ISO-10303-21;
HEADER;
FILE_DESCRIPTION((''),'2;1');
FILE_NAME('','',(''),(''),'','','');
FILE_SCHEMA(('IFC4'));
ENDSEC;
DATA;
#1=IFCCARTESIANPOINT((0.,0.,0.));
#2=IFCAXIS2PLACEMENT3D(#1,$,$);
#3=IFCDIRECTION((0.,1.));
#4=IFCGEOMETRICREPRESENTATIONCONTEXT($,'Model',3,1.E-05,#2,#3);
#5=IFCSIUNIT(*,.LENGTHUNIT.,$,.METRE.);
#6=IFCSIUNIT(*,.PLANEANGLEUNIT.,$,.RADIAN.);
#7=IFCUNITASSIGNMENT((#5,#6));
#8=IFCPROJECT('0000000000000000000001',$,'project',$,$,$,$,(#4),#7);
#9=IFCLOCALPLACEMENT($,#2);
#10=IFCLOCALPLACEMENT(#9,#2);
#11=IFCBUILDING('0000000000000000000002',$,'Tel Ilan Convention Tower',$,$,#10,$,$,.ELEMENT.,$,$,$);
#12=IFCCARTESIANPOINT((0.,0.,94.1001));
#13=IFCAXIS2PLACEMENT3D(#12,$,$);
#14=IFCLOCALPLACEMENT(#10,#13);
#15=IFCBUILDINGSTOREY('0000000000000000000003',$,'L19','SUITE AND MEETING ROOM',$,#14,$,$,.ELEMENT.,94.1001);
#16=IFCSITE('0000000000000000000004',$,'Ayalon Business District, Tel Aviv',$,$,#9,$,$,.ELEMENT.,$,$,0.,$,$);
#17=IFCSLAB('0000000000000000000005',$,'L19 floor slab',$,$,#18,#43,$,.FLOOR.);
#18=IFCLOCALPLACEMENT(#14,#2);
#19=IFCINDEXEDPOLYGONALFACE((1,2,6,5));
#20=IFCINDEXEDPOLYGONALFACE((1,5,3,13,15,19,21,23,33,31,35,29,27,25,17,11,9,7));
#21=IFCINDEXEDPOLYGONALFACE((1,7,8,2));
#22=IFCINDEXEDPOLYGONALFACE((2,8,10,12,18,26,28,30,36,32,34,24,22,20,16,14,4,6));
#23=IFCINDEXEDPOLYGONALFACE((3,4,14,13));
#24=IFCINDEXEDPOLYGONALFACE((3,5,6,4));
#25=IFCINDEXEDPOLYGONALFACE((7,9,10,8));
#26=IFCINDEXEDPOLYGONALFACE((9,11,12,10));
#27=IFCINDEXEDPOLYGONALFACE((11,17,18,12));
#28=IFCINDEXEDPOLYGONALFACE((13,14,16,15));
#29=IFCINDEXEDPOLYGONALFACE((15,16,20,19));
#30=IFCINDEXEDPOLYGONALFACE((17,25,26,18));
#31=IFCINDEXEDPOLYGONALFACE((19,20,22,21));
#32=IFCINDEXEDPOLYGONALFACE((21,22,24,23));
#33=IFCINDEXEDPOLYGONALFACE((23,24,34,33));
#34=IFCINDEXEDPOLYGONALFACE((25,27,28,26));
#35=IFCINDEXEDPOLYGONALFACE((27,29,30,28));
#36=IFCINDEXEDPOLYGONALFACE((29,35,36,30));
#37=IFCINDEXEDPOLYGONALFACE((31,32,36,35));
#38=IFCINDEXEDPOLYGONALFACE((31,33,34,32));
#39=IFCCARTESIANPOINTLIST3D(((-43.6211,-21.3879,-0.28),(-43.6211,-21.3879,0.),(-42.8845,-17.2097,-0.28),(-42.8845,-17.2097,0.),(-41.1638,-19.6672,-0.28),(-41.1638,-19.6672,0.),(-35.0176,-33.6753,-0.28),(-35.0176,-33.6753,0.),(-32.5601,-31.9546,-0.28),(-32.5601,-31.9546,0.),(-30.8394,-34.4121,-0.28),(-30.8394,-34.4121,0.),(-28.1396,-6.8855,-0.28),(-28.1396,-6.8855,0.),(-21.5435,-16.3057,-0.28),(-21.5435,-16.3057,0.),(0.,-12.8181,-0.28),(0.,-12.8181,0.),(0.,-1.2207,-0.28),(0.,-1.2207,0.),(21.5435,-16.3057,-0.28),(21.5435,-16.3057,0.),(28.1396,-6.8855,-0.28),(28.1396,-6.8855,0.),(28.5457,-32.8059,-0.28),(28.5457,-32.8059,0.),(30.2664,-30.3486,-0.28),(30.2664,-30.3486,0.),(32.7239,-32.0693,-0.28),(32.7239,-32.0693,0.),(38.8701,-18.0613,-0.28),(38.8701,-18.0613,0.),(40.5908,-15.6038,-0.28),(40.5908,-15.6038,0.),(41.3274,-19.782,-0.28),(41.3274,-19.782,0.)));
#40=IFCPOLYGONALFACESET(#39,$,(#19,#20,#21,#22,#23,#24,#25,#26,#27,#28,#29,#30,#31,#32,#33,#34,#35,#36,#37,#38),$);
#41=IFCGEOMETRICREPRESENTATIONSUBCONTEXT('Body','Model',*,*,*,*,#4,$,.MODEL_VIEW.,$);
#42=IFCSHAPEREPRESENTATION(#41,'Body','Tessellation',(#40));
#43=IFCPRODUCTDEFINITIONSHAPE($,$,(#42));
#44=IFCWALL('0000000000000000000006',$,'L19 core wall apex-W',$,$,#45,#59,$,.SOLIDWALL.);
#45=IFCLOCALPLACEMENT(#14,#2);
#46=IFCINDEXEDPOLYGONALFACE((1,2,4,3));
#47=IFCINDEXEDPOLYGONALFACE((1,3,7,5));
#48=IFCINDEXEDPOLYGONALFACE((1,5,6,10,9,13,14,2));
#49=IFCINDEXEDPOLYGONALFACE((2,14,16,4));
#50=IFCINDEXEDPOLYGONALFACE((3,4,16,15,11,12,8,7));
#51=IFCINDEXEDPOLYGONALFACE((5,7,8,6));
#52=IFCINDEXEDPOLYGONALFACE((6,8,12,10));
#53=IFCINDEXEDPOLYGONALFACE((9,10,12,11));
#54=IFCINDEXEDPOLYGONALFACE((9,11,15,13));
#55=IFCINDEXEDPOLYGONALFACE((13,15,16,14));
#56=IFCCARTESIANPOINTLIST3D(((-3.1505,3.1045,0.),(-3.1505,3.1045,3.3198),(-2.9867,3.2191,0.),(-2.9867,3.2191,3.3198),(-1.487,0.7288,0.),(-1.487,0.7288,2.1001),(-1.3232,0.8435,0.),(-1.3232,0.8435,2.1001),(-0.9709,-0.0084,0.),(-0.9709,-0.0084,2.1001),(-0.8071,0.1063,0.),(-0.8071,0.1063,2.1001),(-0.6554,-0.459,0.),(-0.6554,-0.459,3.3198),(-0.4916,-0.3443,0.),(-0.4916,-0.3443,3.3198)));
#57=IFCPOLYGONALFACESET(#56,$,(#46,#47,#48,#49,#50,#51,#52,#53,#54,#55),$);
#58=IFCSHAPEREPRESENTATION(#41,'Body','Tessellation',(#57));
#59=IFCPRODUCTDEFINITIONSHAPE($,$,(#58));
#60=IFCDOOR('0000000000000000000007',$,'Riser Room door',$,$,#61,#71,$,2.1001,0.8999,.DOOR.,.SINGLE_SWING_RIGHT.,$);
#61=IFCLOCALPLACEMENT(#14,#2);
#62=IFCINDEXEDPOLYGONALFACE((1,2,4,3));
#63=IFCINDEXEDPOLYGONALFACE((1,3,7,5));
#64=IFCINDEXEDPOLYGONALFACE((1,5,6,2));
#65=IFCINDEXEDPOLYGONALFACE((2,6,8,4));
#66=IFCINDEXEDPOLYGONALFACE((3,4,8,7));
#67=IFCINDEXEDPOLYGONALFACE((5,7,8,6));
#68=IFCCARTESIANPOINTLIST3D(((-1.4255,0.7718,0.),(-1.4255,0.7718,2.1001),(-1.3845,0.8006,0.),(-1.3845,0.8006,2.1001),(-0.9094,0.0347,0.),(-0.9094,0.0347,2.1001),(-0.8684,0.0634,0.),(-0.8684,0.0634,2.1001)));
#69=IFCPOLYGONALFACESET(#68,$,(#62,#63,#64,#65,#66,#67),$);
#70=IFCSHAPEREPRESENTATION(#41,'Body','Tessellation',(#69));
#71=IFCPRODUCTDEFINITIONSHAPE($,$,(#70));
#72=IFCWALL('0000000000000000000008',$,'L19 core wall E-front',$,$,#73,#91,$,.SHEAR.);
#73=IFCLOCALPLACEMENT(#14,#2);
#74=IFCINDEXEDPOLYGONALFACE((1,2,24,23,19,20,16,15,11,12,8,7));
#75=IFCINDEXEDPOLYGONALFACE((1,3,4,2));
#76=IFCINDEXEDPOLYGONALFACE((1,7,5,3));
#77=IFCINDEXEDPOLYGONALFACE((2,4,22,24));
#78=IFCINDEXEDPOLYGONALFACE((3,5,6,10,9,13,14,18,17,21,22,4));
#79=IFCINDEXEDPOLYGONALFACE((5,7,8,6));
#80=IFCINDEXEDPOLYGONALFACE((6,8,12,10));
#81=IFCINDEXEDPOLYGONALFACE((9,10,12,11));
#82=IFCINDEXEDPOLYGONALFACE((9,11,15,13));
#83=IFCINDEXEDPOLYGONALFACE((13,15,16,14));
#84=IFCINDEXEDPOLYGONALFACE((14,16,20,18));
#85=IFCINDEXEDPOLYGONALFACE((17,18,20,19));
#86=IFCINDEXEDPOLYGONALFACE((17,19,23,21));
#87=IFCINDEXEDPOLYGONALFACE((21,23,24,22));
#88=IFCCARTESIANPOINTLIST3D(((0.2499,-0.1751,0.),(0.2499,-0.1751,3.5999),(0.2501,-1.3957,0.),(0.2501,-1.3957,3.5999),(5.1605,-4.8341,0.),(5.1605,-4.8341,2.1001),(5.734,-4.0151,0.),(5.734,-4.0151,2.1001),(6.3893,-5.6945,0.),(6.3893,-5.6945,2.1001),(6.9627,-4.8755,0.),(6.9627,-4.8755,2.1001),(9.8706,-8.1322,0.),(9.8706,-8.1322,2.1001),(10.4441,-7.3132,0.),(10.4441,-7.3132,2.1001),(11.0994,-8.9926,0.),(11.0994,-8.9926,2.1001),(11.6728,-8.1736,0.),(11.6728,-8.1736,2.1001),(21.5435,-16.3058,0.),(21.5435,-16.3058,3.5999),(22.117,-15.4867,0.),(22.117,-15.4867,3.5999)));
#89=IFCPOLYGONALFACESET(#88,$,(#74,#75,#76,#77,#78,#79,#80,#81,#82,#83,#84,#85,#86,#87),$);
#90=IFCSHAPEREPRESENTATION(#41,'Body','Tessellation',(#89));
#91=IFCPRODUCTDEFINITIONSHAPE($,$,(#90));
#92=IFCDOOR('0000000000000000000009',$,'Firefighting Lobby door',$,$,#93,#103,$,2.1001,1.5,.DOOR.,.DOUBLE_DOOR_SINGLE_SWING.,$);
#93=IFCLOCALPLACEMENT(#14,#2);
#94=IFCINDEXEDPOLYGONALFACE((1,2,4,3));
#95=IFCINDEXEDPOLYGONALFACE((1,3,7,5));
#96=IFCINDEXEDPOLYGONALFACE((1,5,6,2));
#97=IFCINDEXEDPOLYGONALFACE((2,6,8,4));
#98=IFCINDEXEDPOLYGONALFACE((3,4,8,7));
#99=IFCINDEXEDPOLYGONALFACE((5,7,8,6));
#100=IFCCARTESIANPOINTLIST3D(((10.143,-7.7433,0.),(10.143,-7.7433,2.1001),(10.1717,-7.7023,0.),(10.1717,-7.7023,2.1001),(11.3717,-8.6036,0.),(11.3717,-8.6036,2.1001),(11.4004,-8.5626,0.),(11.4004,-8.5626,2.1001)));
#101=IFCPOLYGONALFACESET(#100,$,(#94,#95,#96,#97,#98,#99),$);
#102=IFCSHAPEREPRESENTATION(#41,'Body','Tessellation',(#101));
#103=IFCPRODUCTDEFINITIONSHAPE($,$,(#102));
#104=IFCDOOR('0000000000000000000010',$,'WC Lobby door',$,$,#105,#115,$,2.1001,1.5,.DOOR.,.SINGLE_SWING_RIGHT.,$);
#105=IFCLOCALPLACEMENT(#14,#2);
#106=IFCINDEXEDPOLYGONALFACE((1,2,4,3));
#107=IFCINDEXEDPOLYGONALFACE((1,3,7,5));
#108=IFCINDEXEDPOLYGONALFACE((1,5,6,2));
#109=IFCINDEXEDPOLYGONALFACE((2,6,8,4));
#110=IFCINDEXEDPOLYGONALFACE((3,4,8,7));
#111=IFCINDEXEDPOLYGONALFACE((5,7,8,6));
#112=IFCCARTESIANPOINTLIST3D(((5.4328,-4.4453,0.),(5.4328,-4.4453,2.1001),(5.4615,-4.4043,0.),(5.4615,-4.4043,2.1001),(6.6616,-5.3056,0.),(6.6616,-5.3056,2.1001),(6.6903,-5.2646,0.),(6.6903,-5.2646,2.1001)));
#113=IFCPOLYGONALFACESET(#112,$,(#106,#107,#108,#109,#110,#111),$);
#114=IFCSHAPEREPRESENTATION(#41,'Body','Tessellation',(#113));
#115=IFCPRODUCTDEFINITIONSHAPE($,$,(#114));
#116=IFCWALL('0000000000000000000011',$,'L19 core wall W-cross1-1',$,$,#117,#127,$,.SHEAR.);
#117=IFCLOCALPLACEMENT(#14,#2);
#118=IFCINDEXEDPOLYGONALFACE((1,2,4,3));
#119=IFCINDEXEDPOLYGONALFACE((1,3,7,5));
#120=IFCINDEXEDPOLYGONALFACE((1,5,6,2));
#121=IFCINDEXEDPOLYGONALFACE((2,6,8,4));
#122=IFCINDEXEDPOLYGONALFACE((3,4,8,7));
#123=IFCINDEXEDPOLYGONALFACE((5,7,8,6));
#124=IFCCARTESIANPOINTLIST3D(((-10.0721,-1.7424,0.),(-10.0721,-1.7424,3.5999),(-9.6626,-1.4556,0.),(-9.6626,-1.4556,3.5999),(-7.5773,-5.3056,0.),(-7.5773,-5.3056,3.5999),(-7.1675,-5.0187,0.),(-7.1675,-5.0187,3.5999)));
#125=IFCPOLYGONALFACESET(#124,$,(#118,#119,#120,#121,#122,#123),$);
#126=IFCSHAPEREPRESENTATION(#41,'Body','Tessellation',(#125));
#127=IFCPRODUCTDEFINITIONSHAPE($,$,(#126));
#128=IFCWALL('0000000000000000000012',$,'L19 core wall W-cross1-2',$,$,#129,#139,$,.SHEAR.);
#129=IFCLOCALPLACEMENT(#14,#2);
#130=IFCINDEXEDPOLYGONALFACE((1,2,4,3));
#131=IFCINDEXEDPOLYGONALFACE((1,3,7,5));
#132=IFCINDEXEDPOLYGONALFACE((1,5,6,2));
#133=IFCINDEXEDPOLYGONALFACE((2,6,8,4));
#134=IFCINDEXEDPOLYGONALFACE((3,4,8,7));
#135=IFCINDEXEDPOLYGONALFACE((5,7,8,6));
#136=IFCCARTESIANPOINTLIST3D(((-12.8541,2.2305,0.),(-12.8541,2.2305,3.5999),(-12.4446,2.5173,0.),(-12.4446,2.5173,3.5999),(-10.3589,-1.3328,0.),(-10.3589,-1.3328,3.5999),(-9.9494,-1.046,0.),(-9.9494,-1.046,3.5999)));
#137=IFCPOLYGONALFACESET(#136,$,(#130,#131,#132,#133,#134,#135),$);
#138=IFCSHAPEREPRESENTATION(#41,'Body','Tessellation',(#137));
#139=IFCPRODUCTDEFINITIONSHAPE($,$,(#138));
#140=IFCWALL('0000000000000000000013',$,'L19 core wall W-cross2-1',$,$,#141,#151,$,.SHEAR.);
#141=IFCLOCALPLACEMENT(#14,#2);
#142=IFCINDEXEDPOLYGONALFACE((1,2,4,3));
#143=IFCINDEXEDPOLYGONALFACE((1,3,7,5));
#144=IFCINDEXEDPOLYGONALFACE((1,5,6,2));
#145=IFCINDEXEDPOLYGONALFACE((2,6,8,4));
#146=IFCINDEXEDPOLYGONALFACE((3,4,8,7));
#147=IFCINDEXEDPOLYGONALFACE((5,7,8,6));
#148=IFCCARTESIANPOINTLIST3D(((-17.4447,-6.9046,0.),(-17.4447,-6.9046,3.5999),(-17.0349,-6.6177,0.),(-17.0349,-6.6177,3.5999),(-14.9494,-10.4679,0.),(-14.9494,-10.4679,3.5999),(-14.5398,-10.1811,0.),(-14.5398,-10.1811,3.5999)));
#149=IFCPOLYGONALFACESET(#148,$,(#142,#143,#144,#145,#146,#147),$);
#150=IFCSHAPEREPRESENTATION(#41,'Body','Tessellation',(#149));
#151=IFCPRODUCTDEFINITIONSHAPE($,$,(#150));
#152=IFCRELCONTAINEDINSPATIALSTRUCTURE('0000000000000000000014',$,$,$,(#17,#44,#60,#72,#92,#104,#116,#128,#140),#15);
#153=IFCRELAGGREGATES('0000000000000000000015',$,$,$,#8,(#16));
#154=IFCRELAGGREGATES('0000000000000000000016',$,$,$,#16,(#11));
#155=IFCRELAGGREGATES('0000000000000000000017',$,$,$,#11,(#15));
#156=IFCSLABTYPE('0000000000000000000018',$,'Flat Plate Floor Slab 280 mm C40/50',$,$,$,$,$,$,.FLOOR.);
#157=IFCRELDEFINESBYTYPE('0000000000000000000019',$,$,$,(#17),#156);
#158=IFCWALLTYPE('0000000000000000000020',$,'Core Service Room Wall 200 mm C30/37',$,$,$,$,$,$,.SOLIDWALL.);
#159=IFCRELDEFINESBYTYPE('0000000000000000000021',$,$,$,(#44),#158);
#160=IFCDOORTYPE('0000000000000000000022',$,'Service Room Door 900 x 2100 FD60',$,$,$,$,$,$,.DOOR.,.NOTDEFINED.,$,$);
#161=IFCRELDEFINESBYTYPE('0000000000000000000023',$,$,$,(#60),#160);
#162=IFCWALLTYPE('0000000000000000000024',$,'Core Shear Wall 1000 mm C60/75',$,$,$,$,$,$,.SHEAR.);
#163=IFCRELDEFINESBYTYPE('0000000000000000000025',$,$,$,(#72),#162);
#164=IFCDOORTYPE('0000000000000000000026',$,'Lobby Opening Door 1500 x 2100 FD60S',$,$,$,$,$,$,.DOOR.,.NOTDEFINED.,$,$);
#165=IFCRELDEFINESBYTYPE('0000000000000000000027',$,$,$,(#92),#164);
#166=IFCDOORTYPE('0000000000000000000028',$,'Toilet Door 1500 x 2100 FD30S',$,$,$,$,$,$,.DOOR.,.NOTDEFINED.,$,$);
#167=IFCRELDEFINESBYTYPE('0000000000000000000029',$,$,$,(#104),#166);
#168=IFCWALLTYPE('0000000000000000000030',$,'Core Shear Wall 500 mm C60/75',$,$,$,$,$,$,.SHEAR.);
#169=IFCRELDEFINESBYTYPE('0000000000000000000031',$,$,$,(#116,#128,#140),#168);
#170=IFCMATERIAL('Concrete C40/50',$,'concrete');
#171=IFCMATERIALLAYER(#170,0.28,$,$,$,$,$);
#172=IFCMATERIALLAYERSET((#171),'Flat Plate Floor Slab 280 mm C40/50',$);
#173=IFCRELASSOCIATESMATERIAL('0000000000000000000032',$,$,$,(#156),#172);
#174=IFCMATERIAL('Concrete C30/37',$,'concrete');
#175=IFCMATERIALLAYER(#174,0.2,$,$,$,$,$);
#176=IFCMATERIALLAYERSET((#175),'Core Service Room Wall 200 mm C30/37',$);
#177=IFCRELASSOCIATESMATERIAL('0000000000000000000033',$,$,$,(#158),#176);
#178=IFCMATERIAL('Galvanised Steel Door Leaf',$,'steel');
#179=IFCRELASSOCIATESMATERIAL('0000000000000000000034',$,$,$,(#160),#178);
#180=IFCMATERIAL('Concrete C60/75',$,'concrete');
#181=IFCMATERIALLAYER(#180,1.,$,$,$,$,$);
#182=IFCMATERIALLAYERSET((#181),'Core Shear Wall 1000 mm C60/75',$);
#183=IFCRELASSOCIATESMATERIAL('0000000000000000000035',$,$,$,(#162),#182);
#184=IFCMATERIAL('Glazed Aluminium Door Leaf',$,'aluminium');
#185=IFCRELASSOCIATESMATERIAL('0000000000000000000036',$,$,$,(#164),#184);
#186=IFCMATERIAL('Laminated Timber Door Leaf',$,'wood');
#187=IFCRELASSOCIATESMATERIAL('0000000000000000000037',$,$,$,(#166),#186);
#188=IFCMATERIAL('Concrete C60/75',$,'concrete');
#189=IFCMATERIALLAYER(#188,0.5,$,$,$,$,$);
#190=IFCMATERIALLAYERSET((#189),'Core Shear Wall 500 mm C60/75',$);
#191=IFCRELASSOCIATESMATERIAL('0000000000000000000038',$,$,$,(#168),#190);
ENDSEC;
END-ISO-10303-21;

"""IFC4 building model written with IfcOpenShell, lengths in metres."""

from ifc_helpers import new_model, si_unit, direction, frame, frame_2d, origin, place, context, subcontext, project, spatial, polyline, rectangle, outline, extrude, material, layer, layer_set, type_object, element, fill, save


model = new_model("IFC4")

# Units and contexts
model_context = context("Model", 3, precision=1e-05, world=origin(), true_north=direction((0.0, 1.0)))
body_context = subcontext(model_context, "Body", "Model", "MODEL_VIEW")
ifc_project = project(units=[si_unit("LENGTHUNIT", "METRE"), si_unit("PLANEANGLEUNIT", "RADIAN")], contexts=[model_context])

# Site, building, storey
site_placement = place(None, origin())
site = spatial("IfcSite", under=ifc_project, at=site_placement, Name="Ayalon Business District, Tel Aviv", CompositionType="ELEMENT", RefElevation=0.0)
building_placement = place(site_placement, origin())
building = spatial("IfcBuilding", under=site, at=building_placement, Name="Tel Ilan Convention Tower", CompositionType="ELEMENT")
storey_placement = place(building_placement, frame((0.0, 0.0, 94.1001)))
storey = spatial("IfcBuildingStorey", under=building, at=storey_placement, Name="L19", Description="SUITE AND MEETING ROOM", CompositionType="ELEMENT", Elevation=94.1001)

# Slab
ifc_material_1 = material(Name="Concrete C40/50", Category="concrete")
ifc_layer_1 = layer(ifc_material_1, 0.28)
ifc_layer_set_1 = layer_set([ifc_layer_1], Name="Flat Plate Floor Slab 280 mm C40/50")
slab_type_1 = type_object("IfcSlabType", Name="Flat Plate Floor Slab 280 mm C40/50", PredefinedType="FLOOR", material=ifc_layer_set_1)
slab_1_placement = place(storey_placement, frame((0.0, 0.0, -0.28)))
element("IfcSlab", 1, at=slab_1_placement, inside=storey, type_object=slab_type_1, Name="L19 floor slab", PredefinedType="FLOOR", context=body_context, shape_type="SweptSolid", body=[
    extrude(outline(polyline([(21.5435, -16.3057), (28.1396, -6.8855), (40.5908, -15.6038), (38.8701, -18.0613), (41.3274, -19.782), (32.7239, -32.0693), (30.2664, -30.3486), (28.5457, -32.8059), (0.0, -12.8181), (-30.8394, -34.4121), (-32.5601, -31.9546), (-35.0176, -33.6753), (-43.6211, -21.3879), (-41.1638, -19.6672), (-42.8845, -17.2097), (-28.1396, -6.8855), (-21.5435, -16.3057), (0.0, -1.2207), (21.5435, -16.3057)])), origin(), (0.0, 0.0, 1.0), 0.28),
])

# Wall, opening, door
ifc_material_2 = material(Name="Concrete C30/37", Category="concrete")
ifc_layer_2 = layer(ifc_material_2, 0.2)
ifc_layer_set_2 = layer_set([ifc_layer_2], Name="Core Service Room Wall 200 mm C30/37")
wall_type_1 = type_object("IfcWallType", Name="Core Service Room Wall 200 mm C30/37", PredefinedType="SOLIDWALL", material=ifc_layer_set_2)
wall_1_placement = place(storey_placement, frame((-0.5735, -0.4016, 0.0), z_axis=(0.0, 0.0, 1.0), x_axis=(-0.573568, 0.819158, 0.0)))
wall_1 = element("IfcWall", 2, at=wall_1_placement, inside=storey, type_object=wall_type_1, Name="L19 core wall apex-W", PredefinedType="SOLIDWALL", context=body_context, shape_type="SweptSolid", body=[
    extrude(rectangle(XDim=4.3501, YDim=0.2, at=frame_2d((2.175, 0.0))), origin(), (0.0, 0.0, 1.0), 3.3198),
])
opening_1_placement = place(wall_1_placement, frame((0.55, 0.0, 0.0)))
opening_1 = element("IfcOpeningElement", 3, at=opening_1_placement, cuts=wall_1, PredefinedType="OPENING", context=body_context, shape_type="SweptSolid", body=[
    extrude(rectangle(XDim=0.8999, YDim=2.1001, at=frame_2d((0.45, 1.05))), frame((0.0, 0.1099, 0.0), z_axis=(0.0, -1.0, 0.0), x_axis=(1.0, 0.0, 0.0)), (0.0, 0.0, 1.0), 0.22),
])
ifc_material_3 = material(Name="Galvanised Steel Door Leaf", Category="steel")
door_type_1 = type_object("IfcDoorType", Name="Service Room Door 900 x 2100 FD60", OperationType="NOTDEFINED", PredefinedType="DOOR", material=ifc_material_3)
door_1_placement = place(opening_1_placement, origin())
door_1 = element("IfcDoor", 4, at=door_1_placement, inside=storey, type_object=door_type_1, Name="Riser Room door", OperationType="SINGLE_SWING_RIGHT", OverallHeight=2.1001, OverallWidth=0.8999, PredefinedType="DOOR", context=body_context, shape_type="SweptSolid", body=[
    extrude(rectangle(XDim=0.8999, YDim=2.1001, at=frame_2d((0.45, 1.05))), frame((0.0, 0.0249, 0.0), z_axis=(0.0, -1.0, 0.0), x_axis=(1.0, 0.0, 0.0)), (0.0, 0.0, 1.0), 0.05),
])
fill(opening_1, door_1)

# Wall, openings, doors
ifc_material_4 = material(Name="Concrete C60/75", Category="concrete")
ifc_layer_3 = layer(ifc_material_4, 1.0)
ifc_layer_set_3 = layer_set([ifc_layer_3], Name="Core Shear Wall 1000 mm C60/75")
wall_type_2 = type_object("IfcWallType", Name="Core Shear Wall 1000 mm C60/75", PredefinedType="SHEAR", material=ifc_layer_set_3)
wall_2_placement = place(storey_placement, frame((-0.0369, -0.5847, 0.0), z_axis=(0.0, 0.0, 1.0), x_axis=(0.819157, -0.573569, 0.0)))
wall_2 = element("IfcWall", 5, at=wall_2_placement, inside=storey, type_object=wall_type_2, Name="L19 core wall E-front", PredefinedType="SHEAR", context=body_context, shape_type="SweptSolid", body=[
    extrude(outline(polyline([(26.6948, 0.4998), (0.0, 0.5), (0.7002, -0.4998), (26.6948, -0.5002), (26.6948, 0.4998)])), origin(), (0.0, 0.0, 1.0), 3.5999),
])
opening_2_placement = place(wall_2_placement, frame((6.6948, 0.0, 0.0)))
opening_2 = element("IfcOpeningElement", 6, at=opening_2_placement, cuts=wall_2, PredefinedType="OPENING", context=body_context, shape_type="SweptSolid", body=[
    extrude(rectangle(XDim=1.5, YDim=2.1001, at=frame_2d((0.75, 1.05))), frame((0.0, 0.51, 0.0), z_axis=(0.0, -1.0, 0.0), x_axis=(1.0, 0.0, 0.0)), (0.0, 0.0, 1.0), 1.02),
])
opening_3_placement = place(wall_2_placement, frame((12.4448, 0.0, 0.0)))
opening_3 = element("IfcOpeningElement", 7, at=opening_3_placement, cuts=wall_2, PredefinedType="OPENING", context=body_context, shape_type="SweptSolid", body=[
    extrude(rectangle(XDim=1.5, YDim=2.1001, at=frame_2d((0.75, 1.05))), frame((0.0, 0.51, 0.0), z_axis=(0.0, -1.0, 0.0), x_axis=(1.0, 0.0, 0.0)), (0.0, 0.0, 1.0), 1.02),
])
ifc_material_5 = material(Name="Glazed Aluminium Door Leaf", Category="aluminium")
door_type_2 = type_object("IfcDoorType", Name="Lobby Opening Door 1500 x 2100 FD60S", OperationType="NOTDEFINED", PredefinedType="DOOR", material=ifc_material_5)
door_2_placement = place(opening_3_placement, origin())
door_2 = element("IfcDoor", 8, at=door_2_placement, inside=storey, type_object=door_type_2, Name="Firefighting Lobby door", OperationType="DOUBLE_DOOR_SINGLE_SWING", OverallHeight=2.1001, OverallWidth=1.5, PredefinedType="DOOR", context=body_context, shape_type="SweptSolid", body=[
    extrude(rectangle(XDim=1.5, YDim=2.1001, at=frame_2d((0.75, 1.05))), frame((0.0, 0.0249, 0.0), z_axis=(0.0, -1.0, 0.0), x_axis=(1.0, 0.0, 0.0)), (0.0, 0.0, 1.0), 0.05),
])
fill(opening_3, door_2)
ifc_material_6 = material(Name="Laminated Timber Door Leaf", Category="wood")
door_type_3 = type_object("IfcDoorType", Name="Toilet Door 1500 x 2100 FD30S", OperationType="NOTDEFINED", PredefinedType="DOOR", material=ifc_material_6)
door_3_placement = place(opening_2_placement, origin())
door_3 = element("IfcDoor", 9, at=door_3_placement, inside=storey, type_object=door_type_3, Name="WC Lobby door", OperationType="SINGLE_SWING_RIGHT", OverallHeight=2.1001, OverallWidth=1.5, PredefinedType="DOOR", context=body_context, shape_type="SweptSolid", body=[
    extrude(rectangle(XDim=1.5, YDim=2.1001, at=frame_2d((0.75, 1.05))), frame((0.0, 0.0249, 0.0), z_axis=(0.0, -1.0, 0.0), x_axis=(1.0, 0.0, 0.0)), (0.0, 0.0, 1.0), 0.05),
])
fill(opening_2, door_3)

# Walls
ifc_material_7 = material(Name="Concrete C60/75", Category="concrete")
ifc_layer_4 = layer(ifc_material_7, 0.5)
ifc_layer_set_4 = layer_set([ifc_layer_4], Name="Core Shear Wall 500 mm C60/75")
wall_type_3 = type_object("IfcWallType", Name="Core Shear Wall 500 mm C60/75", PredefinedType="SHEAR", material=ifc_layer_set_4)
wall_3_placement = place(storey_placement, frame((-7.3723, -5.1621, 0.0), z_axis=(0.0, 0.0, 1.0), x_axis=(-0.573594, 0.81914, 0.0)))
element("IfcWall", 10, at=wall_3_placement, inside=storey, type_object=wall_type_3, Name="L19 core wall W-cross1-1", PredefinedType="SHEAR", context=body_context, shape_type="SweptSolid", body=[
    extrude(outline(polyline([(4.3499, 0.25), (0.0, 0.2502), (0.0, -0.25), (4.3499, -0.25), (4.3499, 0.25)])), origin(), (0.0, 0.0, 1.0), 3.5999),
])
wall_4_placement = place(storey_placement, frame((-10.1543, -1.1892, 0.0), z_axis=(0.0, 0.0, 1.0), x_axis=(-0.573594, 0.81914, 0.0)))
element("IfcWall", 11, at=wall_4_placement, inside=storey, type_object=wall_type_3, Name="L19 core wall W-cross1-2", PredefinedType="SHEAR", context=body_context, shape_type="SweptSolid", body=[
    extrude(outline(polyline([(4.3499, -0.25), (4.3499, 0.25), (-0.0002, 0.25), (-0.0002, -0.25), (4.3499, -0.25)])), origin(), (0.0, 0.0, 1.0), 3.5999),
])
wall_5_placement = place(storey_placement, frame((-14.7446, -10.3245, 0.0), z_axis=(0.0, 0.0, 1.0), x_axis=(-0.573568, 0.819158, 0.0)))
element("IfcWall", 12, at=wall_5_placement, inside=storey, type_object=wall_type_3, Name="L19 core wall W-cross2-1", PredefinedType="SHEAR", context=body_context, shape_type="SweptSolid", body=[
    extrude(outline(polyline([(4.3501, 0.2502), (0.0, 0.25), (0.0, -0.25), (4.3501, -0.25), (4.3501, 0.2502)])), origin(), (0.0, 0.0, 1.0), 3.5999),
])

save(model, "model.ifc")
